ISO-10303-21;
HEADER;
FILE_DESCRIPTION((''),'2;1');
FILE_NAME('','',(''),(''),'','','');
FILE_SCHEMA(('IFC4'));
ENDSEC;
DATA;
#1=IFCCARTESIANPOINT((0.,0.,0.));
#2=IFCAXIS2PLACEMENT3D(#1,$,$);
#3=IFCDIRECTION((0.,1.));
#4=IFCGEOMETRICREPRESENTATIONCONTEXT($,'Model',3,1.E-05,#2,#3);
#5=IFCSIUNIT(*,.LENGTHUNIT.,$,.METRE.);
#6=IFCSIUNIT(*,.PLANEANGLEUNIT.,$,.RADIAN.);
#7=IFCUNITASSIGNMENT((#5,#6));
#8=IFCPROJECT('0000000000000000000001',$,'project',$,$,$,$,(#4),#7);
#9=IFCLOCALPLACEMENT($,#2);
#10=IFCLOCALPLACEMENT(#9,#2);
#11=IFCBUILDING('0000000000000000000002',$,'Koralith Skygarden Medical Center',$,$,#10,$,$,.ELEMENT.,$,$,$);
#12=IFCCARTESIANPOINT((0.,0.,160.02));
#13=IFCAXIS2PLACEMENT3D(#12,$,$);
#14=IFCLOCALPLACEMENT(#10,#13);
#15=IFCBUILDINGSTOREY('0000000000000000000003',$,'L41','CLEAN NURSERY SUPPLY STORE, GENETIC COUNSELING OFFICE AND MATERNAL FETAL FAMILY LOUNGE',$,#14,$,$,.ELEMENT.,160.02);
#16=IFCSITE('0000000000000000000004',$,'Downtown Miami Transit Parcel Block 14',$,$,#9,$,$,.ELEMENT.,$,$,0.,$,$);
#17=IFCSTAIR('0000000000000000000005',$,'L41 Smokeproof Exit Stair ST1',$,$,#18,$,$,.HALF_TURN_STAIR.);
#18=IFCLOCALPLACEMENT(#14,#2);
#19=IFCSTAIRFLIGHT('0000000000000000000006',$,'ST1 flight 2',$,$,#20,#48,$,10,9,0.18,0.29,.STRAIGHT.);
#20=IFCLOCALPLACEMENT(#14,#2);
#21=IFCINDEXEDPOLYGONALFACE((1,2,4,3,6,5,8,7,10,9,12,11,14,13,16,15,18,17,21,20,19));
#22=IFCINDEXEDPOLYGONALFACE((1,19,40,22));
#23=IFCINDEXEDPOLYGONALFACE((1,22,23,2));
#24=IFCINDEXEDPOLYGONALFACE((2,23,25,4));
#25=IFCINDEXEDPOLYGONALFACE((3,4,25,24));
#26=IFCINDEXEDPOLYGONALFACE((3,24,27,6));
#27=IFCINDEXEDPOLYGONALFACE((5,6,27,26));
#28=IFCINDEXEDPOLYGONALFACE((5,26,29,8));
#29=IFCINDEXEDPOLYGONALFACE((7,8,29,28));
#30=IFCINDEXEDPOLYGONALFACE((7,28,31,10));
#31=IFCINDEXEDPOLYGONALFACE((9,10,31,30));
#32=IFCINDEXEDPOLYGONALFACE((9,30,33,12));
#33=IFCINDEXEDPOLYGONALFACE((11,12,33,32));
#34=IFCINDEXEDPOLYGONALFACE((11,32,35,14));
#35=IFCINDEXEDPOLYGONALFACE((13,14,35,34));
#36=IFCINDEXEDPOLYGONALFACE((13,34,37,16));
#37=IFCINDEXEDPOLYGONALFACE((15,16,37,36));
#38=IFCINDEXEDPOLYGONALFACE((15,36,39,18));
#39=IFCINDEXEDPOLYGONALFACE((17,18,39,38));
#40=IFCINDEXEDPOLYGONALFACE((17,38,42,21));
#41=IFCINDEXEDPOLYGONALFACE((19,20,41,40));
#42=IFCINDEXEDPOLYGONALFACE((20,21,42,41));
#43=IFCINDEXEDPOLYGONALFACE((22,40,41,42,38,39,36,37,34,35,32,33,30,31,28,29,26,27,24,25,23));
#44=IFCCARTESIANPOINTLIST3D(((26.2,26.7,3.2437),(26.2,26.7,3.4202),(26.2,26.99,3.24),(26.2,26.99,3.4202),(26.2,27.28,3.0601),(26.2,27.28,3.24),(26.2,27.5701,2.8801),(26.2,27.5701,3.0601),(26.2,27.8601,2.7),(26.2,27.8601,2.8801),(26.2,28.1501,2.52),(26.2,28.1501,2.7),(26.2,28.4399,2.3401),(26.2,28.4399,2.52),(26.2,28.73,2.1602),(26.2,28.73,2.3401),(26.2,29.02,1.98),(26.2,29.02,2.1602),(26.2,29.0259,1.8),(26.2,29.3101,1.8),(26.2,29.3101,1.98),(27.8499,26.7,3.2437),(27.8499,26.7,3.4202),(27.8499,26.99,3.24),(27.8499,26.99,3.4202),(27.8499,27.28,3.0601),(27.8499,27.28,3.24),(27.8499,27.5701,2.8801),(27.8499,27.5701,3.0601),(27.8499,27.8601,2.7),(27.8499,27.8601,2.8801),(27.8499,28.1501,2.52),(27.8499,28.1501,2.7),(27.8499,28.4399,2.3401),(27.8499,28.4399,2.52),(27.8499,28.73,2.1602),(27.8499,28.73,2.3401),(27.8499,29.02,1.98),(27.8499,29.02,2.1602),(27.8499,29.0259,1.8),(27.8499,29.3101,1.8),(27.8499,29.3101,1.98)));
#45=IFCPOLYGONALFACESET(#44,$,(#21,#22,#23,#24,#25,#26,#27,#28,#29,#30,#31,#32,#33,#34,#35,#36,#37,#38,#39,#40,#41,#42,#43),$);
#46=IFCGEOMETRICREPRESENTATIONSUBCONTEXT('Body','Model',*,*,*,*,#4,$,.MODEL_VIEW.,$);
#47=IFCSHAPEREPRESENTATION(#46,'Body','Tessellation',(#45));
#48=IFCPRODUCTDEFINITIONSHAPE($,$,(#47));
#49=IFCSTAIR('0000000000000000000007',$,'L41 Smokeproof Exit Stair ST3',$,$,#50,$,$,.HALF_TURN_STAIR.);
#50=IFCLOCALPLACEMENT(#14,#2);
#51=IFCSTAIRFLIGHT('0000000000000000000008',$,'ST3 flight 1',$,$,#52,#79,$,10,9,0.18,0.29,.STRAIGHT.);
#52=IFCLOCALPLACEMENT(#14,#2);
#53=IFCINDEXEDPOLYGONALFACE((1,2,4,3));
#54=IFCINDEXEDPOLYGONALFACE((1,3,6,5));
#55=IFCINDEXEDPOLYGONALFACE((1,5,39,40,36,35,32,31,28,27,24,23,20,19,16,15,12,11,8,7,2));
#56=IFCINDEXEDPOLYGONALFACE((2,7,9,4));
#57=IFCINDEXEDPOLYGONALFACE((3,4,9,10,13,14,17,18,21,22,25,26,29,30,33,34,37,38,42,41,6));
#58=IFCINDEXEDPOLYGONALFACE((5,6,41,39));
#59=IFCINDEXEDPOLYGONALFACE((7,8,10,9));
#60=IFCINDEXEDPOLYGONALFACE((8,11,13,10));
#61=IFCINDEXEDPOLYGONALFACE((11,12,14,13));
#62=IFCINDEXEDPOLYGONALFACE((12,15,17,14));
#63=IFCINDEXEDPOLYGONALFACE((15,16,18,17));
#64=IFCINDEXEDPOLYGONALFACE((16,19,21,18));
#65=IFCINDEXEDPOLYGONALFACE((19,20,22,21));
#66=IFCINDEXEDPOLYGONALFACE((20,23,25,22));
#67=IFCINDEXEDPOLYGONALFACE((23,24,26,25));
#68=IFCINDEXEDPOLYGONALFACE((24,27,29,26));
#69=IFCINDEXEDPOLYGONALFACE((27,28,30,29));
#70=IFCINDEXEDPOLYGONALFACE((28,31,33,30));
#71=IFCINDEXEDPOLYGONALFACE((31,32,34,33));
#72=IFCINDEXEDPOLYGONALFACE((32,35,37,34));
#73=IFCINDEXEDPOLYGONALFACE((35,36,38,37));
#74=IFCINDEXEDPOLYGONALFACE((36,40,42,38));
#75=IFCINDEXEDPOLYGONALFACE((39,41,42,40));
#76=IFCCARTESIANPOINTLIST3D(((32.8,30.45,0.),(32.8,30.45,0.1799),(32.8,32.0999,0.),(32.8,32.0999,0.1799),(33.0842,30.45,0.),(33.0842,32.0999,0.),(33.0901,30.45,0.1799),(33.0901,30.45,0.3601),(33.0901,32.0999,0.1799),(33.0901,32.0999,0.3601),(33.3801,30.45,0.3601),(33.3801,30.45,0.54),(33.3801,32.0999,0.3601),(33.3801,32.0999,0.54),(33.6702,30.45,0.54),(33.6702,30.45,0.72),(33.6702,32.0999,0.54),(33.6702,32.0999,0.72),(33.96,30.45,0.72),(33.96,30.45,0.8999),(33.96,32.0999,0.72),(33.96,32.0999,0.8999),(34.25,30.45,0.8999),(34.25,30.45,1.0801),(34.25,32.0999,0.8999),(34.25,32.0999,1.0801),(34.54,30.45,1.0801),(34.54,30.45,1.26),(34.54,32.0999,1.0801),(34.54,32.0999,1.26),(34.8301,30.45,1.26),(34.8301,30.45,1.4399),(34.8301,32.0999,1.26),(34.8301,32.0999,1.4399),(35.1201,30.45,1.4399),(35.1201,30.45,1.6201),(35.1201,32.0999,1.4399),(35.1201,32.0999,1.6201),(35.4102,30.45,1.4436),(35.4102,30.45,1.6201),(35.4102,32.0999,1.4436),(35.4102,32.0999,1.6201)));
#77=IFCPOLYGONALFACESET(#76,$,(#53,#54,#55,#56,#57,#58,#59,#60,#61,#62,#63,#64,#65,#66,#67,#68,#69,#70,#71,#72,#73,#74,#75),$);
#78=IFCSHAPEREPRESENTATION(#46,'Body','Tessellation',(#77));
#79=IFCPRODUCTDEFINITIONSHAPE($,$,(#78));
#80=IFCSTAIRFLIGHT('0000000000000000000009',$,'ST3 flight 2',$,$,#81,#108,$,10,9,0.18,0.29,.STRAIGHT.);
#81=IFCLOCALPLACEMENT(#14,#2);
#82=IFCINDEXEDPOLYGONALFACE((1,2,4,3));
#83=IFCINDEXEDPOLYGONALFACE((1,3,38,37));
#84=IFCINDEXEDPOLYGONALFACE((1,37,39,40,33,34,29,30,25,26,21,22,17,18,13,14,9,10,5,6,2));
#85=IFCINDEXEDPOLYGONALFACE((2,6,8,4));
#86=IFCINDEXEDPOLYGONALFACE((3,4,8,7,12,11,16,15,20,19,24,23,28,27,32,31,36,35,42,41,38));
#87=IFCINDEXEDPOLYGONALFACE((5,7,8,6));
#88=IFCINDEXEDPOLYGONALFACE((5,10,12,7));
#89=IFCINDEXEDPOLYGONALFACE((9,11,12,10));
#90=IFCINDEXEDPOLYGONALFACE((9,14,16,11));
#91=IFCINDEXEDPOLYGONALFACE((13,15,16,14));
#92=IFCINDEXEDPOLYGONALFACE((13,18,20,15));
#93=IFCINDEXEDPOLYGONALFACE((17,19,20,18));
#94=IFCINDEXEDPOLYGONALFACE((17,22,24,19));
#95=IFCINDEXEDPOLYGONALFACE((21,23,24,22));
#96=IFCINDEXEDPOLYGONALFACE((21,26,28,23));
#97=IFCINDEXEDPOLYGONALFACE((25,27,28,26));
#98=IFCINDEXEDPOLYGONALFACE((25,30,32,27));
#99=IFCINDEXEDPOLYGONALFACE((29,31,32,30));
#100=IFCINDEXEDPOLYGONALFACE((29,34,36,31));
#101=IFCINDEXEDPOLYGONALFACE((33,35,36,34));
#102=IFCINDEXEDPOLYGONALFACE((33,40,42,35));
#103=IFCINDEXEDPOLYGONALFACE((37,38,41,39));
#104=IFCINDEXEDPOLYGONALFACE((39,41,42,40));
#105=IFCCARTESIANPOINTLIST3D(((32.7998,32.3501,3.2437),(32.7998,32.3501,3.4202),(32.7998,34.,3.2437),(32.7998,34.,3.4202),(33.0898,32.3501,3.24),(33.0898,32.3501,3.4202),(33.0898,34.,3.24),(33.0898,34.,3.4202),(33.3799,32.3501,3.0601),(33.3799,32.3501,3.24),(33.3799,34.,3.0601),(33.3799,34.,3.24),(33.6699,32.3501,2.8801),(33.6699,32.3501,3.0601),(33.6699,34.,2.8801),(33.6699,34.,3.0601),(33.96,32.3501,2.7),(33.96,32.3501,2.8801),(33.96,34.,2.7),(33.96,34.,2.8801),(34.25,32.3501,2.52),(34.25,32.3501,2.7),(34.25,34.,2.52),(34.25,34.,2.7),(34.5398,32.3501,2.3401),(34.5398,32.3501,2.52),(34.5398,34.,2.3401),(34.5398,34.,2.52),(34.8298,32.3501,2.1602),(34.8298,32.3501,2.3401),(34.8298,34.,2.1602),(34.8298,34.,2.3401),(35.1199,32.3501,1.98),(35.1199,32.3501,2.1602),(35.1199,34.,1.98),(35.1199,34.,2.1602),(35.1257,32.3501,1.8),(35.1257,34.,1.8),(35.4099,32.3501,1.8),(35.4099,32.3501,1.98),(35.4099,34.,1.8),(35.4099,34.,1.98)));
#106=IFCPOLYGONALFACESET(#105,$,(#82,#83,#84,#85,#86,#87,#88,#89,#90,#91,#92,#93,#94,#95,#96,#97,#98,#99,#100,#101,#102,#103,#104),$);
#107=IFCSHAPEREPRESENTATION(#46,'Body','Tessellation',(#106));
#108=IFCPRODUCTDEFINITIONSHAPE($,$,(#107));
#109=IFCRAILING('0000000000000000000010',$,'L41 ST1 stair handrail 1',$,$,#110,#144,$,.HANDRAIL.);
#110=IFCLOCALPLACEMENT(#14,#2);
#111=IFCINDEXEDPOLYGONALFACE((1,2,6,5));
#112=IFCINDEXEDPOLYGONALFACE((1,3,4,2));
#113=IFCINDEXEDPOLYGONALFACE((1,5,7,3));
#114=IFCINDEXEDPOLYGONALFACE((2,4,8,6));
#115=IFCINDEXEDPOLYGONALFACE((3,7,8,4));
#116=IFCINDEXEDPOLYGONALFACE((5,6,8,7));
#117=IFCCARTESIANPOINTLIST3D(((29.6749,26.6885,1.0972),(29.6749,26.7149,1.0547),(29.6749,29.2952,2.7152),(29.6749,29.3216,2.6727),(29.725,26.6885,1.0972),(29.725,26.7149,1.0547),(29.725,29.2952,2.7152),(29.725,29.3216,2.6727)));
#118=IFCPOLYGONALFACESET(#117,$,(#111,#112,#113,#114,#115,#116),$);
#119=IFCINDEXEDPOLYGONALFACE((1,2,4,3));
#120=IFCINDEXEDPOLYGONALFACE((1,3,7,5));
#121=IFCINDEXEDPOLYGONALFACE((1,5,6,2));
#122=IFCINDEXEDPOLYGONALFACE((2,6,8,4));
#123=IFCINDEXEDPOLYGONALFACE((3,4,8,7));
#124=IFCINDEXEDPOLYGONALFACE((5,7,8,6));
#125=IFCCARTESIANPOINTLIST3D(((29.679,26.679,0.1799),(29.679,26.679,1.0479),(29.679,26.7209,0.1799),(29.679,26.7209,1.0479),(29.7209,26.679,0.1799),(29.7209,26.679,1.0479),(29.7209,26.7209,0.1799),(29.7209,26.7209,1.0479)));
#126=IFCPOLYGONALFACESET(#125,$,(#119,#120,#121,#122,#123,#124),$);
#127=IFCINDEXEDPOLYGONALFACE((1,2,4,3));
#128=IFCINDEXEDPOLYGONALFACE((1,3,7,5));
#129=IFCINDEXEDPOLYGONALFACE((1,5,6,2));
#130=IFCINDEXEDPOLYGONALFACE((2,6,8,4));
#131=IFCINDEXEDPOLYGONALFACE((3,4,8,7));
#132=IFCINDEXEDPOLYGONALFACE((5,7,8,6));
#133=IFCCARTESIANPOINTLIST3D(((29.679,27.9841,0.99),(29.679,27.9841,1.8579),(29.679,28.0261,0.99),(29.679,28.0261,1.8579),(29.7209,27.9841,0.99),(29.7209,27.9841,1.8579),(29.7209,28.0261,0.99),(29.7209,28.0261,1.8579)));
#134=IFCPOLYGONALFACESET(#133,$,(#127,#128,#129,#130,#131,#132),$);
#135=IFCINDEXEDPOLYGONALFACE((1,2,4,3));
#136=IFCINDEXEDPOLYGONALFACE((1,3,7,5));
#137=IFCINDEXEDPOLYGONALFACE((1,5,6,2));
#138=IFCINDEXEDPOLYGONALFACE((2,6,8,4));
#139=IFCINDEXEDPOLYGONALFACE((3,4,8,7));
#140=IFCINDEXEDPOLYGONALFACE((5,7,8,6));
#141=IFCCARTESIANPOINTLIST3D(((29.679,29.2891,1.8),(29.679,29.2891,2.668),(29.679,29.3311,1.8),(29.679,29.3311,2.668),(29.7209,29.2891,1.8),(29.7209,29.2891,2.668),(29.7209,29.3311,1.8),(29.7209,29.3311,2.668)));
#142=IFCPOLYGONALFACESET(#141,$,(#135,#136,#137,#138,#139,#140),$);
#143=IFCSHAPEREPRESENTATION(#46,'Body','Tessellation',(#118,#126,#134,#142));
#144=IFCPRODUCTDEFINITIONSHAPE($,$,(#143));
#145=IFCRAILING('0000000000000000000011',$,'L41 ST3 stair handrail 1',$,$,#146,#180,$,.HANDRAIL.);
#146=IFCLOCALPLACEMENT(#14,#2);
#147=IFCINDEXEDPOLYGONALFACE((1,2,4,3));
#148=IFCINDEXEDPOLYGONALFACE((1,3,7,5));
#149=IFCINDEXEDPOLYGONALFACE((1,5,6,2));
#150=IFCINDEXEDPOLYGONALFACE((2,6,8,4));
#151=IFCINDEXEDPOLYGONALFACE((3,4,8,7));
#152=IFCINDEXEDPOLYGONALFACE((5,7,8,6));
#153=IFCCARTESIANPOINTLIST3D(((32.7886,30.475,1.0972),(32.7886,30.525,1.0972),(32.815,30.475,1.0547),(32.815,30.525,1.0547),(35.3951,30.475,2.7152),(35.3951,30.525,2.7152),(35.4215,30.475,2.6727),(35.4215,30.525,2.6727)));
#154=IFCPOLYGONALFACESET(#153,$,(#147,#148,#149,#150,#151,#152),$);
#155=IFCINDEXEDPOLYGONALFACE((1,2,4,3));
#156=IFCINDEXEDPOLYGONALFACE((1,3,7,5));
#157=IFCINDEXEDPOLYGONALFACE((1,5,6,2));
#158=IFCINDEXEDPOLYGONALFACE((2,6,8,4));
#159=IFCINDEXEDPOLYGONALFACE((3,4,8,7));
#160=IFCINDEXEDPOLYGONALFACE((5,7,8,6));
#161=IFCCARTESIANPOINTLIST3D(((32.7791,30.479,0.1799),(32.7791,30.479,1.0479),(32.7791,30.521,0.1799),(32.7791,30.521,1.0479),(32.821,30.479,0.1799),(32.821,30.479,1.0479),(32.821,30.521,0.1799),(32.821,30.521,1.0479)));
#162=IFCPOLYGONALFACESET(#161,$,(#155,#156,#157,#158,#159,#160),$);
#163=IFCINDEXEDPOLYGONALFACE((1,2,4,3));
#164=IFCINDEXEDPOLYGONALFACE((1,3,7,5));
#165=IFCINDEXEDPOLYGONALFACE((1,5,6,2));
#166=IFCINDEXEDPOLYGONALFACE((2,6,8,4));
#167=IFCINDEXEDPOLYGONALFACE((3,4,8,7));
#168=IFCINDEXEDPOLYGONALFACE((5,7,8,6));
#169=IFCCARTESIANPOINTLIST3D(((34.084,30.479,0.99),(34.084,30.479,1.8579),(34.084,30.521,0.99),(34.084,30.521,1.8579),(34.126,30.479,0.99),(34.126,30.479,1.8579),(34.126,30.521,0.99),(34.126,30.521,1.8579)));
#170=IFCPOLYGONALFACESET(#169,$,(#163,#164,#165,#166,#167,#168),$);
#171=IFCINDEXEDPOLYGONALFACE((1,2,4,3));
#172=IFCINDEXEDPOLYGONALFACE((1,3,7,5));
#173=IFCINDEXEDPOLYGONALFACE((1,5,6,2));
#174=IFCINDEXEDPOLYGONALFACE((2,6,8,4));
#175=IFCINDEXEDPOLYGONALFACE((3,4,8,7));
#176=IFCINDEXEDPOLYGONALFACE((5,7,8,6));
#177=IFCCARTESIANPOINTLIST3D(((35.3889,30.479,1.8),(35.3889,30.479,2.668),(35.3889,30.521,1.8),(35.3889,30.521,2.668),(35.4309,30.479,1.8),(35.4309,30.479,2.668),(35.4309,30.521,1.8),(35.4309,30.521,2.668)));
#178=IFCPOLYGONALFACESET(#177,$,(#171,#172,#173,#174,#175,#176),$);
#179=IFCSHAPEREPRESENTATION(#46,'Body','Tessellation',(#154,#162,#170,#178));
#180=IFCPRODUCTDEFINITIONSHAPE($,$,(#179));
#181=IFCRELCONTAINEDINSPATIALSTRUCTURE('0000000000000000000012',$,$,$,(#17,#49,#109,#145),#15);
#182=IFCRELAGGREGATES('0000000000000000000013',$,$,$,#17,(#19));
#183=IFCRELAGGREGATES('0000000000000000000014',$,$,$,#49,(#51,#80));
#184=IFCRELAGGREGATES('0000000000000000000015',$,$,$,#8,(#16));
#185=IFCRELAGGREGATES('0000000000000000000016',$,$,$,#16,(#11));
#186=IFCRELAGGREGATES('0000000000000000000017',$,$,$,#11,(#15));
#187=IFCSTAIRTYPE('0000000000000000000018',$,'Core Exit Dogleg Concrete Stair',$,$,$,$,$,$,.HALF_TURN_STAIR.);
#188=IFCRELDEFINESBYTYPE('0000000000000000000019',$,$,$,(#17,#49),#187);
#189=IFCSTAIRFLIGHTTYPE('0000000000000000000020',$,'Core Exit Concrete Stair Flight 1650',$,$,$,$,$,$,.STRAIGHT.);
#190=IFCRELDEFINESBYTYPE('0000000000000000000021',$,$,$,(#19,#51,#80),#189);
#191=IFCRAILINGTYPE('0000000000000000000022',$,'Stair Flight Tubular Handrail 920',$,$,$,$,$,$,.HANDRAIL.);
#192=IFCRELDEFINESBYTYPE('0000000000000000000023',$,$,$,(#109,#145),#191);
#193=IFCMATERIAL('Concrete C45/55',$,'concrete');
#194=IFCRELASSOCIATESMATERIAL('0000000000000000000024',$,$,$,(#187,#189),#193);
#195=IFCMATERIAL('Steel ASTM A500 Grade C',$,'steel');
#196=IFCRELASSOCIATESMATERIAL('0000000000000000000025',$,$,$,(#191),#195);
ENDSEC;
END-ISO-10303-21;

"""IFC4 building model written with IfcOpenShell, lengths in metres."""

from ifc_helpers import new_model, si_unit, direction, frame, origin, origin_2d, place, context, subcontext, project, spatial, polyline, rectangle, outline, extrude, material, type_object, element, aggregate, save


model = new_model("IFC4")

# Units and contexts
model_context = context("Model", 3, precision=1e-05, world=origin(), true_north=direction((0.0, 1.0)))
body_context = subcontext(model_context, "Body", "Model", "MODEL_VIEW")
ifc_project = project(units=[si_unit("LENGTHUNIT", "METRE"), si_unit("PLANEANGLEUNIT", "RADIAN")], contexts=[model_context])

# Site, building, storey
site_placement = place(None, origin())
site = spatial("IfcSite", under=ifc_project, at=site_placement, Name="Downtown Miami Transit Parcel Block 14", CompositionType="ELEMENT", RefElevation=0.0)
building_placement = place(site_placement, origin())
building = spatial("IfcBuilding", under=site, at=building_placement, Name="Koralith Skygarden Medical Center", CompositionType="ELEMENT")
storey_placement = place(building_placement, frame((0.0, 0.0, 160.02)))
storey = spatial("IfcBuildingStorey", under=building, at=storey_placement, Name="L41", Description="CLEAN NURSERY SUPPLY STORE, GENETIC COUNSELING OFFICE AND MATERNAL FETAL FAMILY LOUNGE", CompositionType="ELEMENT", Elevation=160.02)

# Shared definitions
ifc_material_1 = material(Name="Concrete C45/55", Category="concrete")

# Shared definitions
ifc_material_2 = material(Name="Steel ASTM A500 Grade C", Category="steel")

# Stairs, stair flights
stair_type = type_object("IfcStairType", Name="Core Exit Dogleg Concrete Stair", PredefinedType="HALF_TURN_STAIR", material=ifc_material_1)
stair_1_placement = place(storey_placement, origin())
stair_1 = element("IfcStair", 1, at=stair_1_placement, inside=storey, type_object=stair_type, Name="L41 Smokeproof Exit Stair ST1", PredefinedType="HALF_TURN_STAIR")
stair_flight_type = type_object("IfcStairFlightType", Name="Core Exit Concrete Stair Flight 1650", PredefinedType="STRAIGHT", material=ifc_material_1)
stair_flight_1_placement = place(storey_placement, frame((27.0249, 29.3101, 1.8), z_axis=(0.0, 0.0, 1.0), x_axis=(0.0, -1.0, 0.0)))
stair_flight_1 = element("IfcStairFlight", 2, at=stair_flight_1_placement, type_object=stair_flight_type, Name="ST1 flight 2", NumberOfRisers=10, NumberOfTreads=9, PredefinedType="STRAIGHT", RiserHeight=0.18, TreadLength=0.29, context=body_context, shape_type="SweptSolid", body=[
    extrude(outline(polyline([(0.0, 0.0), (0.0, 0.1799), (0.29, 0.1799), (0.29, 0.3601), (0.5801, 0.3601), (0.5801, 0.54), (0.8701, 0.54), (0.8701, 0.72), (1.1599, 0.72), (1.1599, 0.8999), (1.45, 0.8999), (1.45, 1.0801), (1.74, 1.0801), (1.74, 1.26), (2.03, 1.26), (2.03, 1.4399), (2.3201, 1.4399), (2.3201, 1.6201), (2.6101, 1.6201), (2.6101, 1.8), (2.6101, 1.4436), (0.2842, 0.0), (0.0, 0.0)])), frame((0.0, 0.825, 0.0), z_axis=(0.0, -1.0, 0.0), x_axis=(1.0, 0.0, 0.0)), (0.0, 0.0, 1.0), 1.6499),
])
aggregate(stair_1, [stair_flight_1])
stair_2_placement = place(storey_placement, origin())
stair_2 = element("IfcStair", 3, at=stair_2_placement, inside=storey, type_object=stair_type, Name="L41 Smokeproof Exit Stair ST3", PredefinedType="HALF_TURN_STAIR")
stair_flight_2_placement = place(storey_placement, frame((32.8, 31.2749, 0.0), z_axis=(0.0, 0.0, 1.0), x_axis=(1.0, 0.0, 0.0)))
stair_flight_2 = element("IfcStairFlight", 4, at=stair_flight_2_placement, type_object=stair_flight_type, Name="ST3 flight 1", NumberOfRisers=10, NumberOfTreads=9, PredefinedType="STRAIGHT", RiserHeight=0.18, TreadLength=0.29, context=body_context, shape_type="SweptSolid", body=[
    extrude(outline(polyline([(0.0, 0.0), (0.0, 0.1799), (0.29, 0.1799), (0.29, 0.3601), (0.5801, 0.3601), (0.5801, 0.54), (0.8701, 0.54), (0.8701, 0.72), (1.1599, 0.72), (1.1599, 0.8999), (1.45, 0.8999), (1.45, 1.0801), (1.74, 1.0801), (1.74, 1.26), (2.03, 1.26), (2.03, 1.4399), (2.3201, 1.4399), (2.3201, 1.6201), (2.6101, 1.6201), (2.6101, 1.8), (2.6101, 1.4436), (0.2842, 0.0), (0.0, 0.0)])), frame((0.0, 0.825, 0.0), z_axis=(0.0, -1.0, 0.0), x_axis=(1.0, 0.0, 0.0)), (0.0, 0.0, 1.0), 1.6499),
])
stair_flight_3_placement = place(storey_placement, frame((35.4099, 33.175, 1.8), z_axis=(0.0, 0.0, 1.0), x_axis=(-1.0, 0.0, 0.0)))
stair_flight_3 = element("IfcStairFlight", 5, at=stair_flight_3_placement, type_object=stair_flight_type, Name="ST3 flight 2", NumberOfRisers=10, NumberOfTreads=9, PredefinedType="STRAIGHT", RiserHeight=0.18, TreadLength=0.29, context=body_context, shape_type="SweptSolid", body=[
    extrude(outline(polyline([(0.0, 0.0), (0.0, 0.1799), (0.29, 0.1799), (0.29, 0.3601), (0.5801, 0.3601), (0.5801, 0.54), (0.8701, 0.54), (0.8701, 0.72), (1.1599, 0.72), (1.1599, 0.8999), (1.45, 0.8999), (1.45, 1.0801), (1.74, 1.0801), (1.74, 1.26), (2.03, 1.26), (2.03, 1.4399), (2.3201, 1.4399), (2.3201, 1.6201), (2.6101, 1.6201), (2.6101, 1.8), (2.6101, 1.4436), (0.2842, 0.0), (0.0, 0.0)])), frame((0.0, 0.825, 0.0), z_axis=(0.0, -1.0, 0.0), x_axis=(1.0, 0.0, 0.0)), (0.0, 0.0, 1.0), 1.6499),
])
aggregate(stair_2, [stair_flight_2, stair_flight_3])

# Railings
railing_type_1 = type_object("IfcRailingType", Name="Stair Flight Tubular Handrail 920", PredefinedType="HANDRAIL", material=ifc_material_2)
railing_1_placement = place(storey_placement, frame((29.7, 26.7, 0.1799)))
element("IfcRailing", 6, at=railing_1_placement, inside=storey, type_object=railing_type_1, Name="L41 ST1 stair handrail 1", PredefinedType="HANDRAIL", context=body_context, shape_type="SweptSolid", body=[
    extrude(rectangle(XDim=0.05, YDim=0.05, at=origin_2d()), frame((0.0, 0.0017, 0.896), z_axis=(0.0, 0.849633, 0.527375), x_axis=(-1.0, 0.0, 0.0)), (0.0, 0.0, 1.0), 3.0681),
    extrude(rectangle(XDim=0.042, YDim=0.042, at=origin_2d()), origin(), (0.0, 0.0, 1.0), 0.8679),
    extrude(rectangle(XDim=0.042, YDim=0.042, at=origin_2d()), frame((0.0, 1.3052, 0.8101)), (0.0, 0.0, 1.0), 0.8679),
    extrude(rectangle(XDim=0.042, YDim=0.042, at=origin_2d()), frame((0.0, 2.6101, 1.6201)), (0.0, 0.0, 1.0), 0.8679),
])
railing_2_placement = place(storey_placement, frame((32.8, 30.5, 0.1799)))
element("IfcRailing", 7, at=railing_2_placement, inside=storey, type_object=railing_type_1, Name="L41 ST3 stair handrail 1", PredefinedType="HANDRAIL", context=body_context, shape_type="SweptSolid", body=[
    extrude(rectangle(XDim=0.05, YDim=0.05, at=origin_2d()), frame((0.0017, 0.0, 0.896), z_axis=(0.849611, 0.0, 0.52741), x_axis=(0.0, 1.0, 0.0)), (0.0, 0.0, 1.0), 3.0679),
    extrude(rectangle(XDim=0.042, YDim=0.042, at=origin_2d()), origin(), (0.0, 0.0, 1.0), 0.8679),
    extrude(rectangle(XDim=0.042, YDim=0.042, at=origin_2d()), frame((1.3049, 0.0, 0.8101)), (0.0, 0.0, 1.0), 0.8679),
    extrude(rectangle(XDim=0.042, YDim=0.042, at=origin_2d()), frame((2.6099, 0.0, 1.6201)), (0.0, 0.0, 1.0), 0.8679),
])

save(model, "model.ifc")
